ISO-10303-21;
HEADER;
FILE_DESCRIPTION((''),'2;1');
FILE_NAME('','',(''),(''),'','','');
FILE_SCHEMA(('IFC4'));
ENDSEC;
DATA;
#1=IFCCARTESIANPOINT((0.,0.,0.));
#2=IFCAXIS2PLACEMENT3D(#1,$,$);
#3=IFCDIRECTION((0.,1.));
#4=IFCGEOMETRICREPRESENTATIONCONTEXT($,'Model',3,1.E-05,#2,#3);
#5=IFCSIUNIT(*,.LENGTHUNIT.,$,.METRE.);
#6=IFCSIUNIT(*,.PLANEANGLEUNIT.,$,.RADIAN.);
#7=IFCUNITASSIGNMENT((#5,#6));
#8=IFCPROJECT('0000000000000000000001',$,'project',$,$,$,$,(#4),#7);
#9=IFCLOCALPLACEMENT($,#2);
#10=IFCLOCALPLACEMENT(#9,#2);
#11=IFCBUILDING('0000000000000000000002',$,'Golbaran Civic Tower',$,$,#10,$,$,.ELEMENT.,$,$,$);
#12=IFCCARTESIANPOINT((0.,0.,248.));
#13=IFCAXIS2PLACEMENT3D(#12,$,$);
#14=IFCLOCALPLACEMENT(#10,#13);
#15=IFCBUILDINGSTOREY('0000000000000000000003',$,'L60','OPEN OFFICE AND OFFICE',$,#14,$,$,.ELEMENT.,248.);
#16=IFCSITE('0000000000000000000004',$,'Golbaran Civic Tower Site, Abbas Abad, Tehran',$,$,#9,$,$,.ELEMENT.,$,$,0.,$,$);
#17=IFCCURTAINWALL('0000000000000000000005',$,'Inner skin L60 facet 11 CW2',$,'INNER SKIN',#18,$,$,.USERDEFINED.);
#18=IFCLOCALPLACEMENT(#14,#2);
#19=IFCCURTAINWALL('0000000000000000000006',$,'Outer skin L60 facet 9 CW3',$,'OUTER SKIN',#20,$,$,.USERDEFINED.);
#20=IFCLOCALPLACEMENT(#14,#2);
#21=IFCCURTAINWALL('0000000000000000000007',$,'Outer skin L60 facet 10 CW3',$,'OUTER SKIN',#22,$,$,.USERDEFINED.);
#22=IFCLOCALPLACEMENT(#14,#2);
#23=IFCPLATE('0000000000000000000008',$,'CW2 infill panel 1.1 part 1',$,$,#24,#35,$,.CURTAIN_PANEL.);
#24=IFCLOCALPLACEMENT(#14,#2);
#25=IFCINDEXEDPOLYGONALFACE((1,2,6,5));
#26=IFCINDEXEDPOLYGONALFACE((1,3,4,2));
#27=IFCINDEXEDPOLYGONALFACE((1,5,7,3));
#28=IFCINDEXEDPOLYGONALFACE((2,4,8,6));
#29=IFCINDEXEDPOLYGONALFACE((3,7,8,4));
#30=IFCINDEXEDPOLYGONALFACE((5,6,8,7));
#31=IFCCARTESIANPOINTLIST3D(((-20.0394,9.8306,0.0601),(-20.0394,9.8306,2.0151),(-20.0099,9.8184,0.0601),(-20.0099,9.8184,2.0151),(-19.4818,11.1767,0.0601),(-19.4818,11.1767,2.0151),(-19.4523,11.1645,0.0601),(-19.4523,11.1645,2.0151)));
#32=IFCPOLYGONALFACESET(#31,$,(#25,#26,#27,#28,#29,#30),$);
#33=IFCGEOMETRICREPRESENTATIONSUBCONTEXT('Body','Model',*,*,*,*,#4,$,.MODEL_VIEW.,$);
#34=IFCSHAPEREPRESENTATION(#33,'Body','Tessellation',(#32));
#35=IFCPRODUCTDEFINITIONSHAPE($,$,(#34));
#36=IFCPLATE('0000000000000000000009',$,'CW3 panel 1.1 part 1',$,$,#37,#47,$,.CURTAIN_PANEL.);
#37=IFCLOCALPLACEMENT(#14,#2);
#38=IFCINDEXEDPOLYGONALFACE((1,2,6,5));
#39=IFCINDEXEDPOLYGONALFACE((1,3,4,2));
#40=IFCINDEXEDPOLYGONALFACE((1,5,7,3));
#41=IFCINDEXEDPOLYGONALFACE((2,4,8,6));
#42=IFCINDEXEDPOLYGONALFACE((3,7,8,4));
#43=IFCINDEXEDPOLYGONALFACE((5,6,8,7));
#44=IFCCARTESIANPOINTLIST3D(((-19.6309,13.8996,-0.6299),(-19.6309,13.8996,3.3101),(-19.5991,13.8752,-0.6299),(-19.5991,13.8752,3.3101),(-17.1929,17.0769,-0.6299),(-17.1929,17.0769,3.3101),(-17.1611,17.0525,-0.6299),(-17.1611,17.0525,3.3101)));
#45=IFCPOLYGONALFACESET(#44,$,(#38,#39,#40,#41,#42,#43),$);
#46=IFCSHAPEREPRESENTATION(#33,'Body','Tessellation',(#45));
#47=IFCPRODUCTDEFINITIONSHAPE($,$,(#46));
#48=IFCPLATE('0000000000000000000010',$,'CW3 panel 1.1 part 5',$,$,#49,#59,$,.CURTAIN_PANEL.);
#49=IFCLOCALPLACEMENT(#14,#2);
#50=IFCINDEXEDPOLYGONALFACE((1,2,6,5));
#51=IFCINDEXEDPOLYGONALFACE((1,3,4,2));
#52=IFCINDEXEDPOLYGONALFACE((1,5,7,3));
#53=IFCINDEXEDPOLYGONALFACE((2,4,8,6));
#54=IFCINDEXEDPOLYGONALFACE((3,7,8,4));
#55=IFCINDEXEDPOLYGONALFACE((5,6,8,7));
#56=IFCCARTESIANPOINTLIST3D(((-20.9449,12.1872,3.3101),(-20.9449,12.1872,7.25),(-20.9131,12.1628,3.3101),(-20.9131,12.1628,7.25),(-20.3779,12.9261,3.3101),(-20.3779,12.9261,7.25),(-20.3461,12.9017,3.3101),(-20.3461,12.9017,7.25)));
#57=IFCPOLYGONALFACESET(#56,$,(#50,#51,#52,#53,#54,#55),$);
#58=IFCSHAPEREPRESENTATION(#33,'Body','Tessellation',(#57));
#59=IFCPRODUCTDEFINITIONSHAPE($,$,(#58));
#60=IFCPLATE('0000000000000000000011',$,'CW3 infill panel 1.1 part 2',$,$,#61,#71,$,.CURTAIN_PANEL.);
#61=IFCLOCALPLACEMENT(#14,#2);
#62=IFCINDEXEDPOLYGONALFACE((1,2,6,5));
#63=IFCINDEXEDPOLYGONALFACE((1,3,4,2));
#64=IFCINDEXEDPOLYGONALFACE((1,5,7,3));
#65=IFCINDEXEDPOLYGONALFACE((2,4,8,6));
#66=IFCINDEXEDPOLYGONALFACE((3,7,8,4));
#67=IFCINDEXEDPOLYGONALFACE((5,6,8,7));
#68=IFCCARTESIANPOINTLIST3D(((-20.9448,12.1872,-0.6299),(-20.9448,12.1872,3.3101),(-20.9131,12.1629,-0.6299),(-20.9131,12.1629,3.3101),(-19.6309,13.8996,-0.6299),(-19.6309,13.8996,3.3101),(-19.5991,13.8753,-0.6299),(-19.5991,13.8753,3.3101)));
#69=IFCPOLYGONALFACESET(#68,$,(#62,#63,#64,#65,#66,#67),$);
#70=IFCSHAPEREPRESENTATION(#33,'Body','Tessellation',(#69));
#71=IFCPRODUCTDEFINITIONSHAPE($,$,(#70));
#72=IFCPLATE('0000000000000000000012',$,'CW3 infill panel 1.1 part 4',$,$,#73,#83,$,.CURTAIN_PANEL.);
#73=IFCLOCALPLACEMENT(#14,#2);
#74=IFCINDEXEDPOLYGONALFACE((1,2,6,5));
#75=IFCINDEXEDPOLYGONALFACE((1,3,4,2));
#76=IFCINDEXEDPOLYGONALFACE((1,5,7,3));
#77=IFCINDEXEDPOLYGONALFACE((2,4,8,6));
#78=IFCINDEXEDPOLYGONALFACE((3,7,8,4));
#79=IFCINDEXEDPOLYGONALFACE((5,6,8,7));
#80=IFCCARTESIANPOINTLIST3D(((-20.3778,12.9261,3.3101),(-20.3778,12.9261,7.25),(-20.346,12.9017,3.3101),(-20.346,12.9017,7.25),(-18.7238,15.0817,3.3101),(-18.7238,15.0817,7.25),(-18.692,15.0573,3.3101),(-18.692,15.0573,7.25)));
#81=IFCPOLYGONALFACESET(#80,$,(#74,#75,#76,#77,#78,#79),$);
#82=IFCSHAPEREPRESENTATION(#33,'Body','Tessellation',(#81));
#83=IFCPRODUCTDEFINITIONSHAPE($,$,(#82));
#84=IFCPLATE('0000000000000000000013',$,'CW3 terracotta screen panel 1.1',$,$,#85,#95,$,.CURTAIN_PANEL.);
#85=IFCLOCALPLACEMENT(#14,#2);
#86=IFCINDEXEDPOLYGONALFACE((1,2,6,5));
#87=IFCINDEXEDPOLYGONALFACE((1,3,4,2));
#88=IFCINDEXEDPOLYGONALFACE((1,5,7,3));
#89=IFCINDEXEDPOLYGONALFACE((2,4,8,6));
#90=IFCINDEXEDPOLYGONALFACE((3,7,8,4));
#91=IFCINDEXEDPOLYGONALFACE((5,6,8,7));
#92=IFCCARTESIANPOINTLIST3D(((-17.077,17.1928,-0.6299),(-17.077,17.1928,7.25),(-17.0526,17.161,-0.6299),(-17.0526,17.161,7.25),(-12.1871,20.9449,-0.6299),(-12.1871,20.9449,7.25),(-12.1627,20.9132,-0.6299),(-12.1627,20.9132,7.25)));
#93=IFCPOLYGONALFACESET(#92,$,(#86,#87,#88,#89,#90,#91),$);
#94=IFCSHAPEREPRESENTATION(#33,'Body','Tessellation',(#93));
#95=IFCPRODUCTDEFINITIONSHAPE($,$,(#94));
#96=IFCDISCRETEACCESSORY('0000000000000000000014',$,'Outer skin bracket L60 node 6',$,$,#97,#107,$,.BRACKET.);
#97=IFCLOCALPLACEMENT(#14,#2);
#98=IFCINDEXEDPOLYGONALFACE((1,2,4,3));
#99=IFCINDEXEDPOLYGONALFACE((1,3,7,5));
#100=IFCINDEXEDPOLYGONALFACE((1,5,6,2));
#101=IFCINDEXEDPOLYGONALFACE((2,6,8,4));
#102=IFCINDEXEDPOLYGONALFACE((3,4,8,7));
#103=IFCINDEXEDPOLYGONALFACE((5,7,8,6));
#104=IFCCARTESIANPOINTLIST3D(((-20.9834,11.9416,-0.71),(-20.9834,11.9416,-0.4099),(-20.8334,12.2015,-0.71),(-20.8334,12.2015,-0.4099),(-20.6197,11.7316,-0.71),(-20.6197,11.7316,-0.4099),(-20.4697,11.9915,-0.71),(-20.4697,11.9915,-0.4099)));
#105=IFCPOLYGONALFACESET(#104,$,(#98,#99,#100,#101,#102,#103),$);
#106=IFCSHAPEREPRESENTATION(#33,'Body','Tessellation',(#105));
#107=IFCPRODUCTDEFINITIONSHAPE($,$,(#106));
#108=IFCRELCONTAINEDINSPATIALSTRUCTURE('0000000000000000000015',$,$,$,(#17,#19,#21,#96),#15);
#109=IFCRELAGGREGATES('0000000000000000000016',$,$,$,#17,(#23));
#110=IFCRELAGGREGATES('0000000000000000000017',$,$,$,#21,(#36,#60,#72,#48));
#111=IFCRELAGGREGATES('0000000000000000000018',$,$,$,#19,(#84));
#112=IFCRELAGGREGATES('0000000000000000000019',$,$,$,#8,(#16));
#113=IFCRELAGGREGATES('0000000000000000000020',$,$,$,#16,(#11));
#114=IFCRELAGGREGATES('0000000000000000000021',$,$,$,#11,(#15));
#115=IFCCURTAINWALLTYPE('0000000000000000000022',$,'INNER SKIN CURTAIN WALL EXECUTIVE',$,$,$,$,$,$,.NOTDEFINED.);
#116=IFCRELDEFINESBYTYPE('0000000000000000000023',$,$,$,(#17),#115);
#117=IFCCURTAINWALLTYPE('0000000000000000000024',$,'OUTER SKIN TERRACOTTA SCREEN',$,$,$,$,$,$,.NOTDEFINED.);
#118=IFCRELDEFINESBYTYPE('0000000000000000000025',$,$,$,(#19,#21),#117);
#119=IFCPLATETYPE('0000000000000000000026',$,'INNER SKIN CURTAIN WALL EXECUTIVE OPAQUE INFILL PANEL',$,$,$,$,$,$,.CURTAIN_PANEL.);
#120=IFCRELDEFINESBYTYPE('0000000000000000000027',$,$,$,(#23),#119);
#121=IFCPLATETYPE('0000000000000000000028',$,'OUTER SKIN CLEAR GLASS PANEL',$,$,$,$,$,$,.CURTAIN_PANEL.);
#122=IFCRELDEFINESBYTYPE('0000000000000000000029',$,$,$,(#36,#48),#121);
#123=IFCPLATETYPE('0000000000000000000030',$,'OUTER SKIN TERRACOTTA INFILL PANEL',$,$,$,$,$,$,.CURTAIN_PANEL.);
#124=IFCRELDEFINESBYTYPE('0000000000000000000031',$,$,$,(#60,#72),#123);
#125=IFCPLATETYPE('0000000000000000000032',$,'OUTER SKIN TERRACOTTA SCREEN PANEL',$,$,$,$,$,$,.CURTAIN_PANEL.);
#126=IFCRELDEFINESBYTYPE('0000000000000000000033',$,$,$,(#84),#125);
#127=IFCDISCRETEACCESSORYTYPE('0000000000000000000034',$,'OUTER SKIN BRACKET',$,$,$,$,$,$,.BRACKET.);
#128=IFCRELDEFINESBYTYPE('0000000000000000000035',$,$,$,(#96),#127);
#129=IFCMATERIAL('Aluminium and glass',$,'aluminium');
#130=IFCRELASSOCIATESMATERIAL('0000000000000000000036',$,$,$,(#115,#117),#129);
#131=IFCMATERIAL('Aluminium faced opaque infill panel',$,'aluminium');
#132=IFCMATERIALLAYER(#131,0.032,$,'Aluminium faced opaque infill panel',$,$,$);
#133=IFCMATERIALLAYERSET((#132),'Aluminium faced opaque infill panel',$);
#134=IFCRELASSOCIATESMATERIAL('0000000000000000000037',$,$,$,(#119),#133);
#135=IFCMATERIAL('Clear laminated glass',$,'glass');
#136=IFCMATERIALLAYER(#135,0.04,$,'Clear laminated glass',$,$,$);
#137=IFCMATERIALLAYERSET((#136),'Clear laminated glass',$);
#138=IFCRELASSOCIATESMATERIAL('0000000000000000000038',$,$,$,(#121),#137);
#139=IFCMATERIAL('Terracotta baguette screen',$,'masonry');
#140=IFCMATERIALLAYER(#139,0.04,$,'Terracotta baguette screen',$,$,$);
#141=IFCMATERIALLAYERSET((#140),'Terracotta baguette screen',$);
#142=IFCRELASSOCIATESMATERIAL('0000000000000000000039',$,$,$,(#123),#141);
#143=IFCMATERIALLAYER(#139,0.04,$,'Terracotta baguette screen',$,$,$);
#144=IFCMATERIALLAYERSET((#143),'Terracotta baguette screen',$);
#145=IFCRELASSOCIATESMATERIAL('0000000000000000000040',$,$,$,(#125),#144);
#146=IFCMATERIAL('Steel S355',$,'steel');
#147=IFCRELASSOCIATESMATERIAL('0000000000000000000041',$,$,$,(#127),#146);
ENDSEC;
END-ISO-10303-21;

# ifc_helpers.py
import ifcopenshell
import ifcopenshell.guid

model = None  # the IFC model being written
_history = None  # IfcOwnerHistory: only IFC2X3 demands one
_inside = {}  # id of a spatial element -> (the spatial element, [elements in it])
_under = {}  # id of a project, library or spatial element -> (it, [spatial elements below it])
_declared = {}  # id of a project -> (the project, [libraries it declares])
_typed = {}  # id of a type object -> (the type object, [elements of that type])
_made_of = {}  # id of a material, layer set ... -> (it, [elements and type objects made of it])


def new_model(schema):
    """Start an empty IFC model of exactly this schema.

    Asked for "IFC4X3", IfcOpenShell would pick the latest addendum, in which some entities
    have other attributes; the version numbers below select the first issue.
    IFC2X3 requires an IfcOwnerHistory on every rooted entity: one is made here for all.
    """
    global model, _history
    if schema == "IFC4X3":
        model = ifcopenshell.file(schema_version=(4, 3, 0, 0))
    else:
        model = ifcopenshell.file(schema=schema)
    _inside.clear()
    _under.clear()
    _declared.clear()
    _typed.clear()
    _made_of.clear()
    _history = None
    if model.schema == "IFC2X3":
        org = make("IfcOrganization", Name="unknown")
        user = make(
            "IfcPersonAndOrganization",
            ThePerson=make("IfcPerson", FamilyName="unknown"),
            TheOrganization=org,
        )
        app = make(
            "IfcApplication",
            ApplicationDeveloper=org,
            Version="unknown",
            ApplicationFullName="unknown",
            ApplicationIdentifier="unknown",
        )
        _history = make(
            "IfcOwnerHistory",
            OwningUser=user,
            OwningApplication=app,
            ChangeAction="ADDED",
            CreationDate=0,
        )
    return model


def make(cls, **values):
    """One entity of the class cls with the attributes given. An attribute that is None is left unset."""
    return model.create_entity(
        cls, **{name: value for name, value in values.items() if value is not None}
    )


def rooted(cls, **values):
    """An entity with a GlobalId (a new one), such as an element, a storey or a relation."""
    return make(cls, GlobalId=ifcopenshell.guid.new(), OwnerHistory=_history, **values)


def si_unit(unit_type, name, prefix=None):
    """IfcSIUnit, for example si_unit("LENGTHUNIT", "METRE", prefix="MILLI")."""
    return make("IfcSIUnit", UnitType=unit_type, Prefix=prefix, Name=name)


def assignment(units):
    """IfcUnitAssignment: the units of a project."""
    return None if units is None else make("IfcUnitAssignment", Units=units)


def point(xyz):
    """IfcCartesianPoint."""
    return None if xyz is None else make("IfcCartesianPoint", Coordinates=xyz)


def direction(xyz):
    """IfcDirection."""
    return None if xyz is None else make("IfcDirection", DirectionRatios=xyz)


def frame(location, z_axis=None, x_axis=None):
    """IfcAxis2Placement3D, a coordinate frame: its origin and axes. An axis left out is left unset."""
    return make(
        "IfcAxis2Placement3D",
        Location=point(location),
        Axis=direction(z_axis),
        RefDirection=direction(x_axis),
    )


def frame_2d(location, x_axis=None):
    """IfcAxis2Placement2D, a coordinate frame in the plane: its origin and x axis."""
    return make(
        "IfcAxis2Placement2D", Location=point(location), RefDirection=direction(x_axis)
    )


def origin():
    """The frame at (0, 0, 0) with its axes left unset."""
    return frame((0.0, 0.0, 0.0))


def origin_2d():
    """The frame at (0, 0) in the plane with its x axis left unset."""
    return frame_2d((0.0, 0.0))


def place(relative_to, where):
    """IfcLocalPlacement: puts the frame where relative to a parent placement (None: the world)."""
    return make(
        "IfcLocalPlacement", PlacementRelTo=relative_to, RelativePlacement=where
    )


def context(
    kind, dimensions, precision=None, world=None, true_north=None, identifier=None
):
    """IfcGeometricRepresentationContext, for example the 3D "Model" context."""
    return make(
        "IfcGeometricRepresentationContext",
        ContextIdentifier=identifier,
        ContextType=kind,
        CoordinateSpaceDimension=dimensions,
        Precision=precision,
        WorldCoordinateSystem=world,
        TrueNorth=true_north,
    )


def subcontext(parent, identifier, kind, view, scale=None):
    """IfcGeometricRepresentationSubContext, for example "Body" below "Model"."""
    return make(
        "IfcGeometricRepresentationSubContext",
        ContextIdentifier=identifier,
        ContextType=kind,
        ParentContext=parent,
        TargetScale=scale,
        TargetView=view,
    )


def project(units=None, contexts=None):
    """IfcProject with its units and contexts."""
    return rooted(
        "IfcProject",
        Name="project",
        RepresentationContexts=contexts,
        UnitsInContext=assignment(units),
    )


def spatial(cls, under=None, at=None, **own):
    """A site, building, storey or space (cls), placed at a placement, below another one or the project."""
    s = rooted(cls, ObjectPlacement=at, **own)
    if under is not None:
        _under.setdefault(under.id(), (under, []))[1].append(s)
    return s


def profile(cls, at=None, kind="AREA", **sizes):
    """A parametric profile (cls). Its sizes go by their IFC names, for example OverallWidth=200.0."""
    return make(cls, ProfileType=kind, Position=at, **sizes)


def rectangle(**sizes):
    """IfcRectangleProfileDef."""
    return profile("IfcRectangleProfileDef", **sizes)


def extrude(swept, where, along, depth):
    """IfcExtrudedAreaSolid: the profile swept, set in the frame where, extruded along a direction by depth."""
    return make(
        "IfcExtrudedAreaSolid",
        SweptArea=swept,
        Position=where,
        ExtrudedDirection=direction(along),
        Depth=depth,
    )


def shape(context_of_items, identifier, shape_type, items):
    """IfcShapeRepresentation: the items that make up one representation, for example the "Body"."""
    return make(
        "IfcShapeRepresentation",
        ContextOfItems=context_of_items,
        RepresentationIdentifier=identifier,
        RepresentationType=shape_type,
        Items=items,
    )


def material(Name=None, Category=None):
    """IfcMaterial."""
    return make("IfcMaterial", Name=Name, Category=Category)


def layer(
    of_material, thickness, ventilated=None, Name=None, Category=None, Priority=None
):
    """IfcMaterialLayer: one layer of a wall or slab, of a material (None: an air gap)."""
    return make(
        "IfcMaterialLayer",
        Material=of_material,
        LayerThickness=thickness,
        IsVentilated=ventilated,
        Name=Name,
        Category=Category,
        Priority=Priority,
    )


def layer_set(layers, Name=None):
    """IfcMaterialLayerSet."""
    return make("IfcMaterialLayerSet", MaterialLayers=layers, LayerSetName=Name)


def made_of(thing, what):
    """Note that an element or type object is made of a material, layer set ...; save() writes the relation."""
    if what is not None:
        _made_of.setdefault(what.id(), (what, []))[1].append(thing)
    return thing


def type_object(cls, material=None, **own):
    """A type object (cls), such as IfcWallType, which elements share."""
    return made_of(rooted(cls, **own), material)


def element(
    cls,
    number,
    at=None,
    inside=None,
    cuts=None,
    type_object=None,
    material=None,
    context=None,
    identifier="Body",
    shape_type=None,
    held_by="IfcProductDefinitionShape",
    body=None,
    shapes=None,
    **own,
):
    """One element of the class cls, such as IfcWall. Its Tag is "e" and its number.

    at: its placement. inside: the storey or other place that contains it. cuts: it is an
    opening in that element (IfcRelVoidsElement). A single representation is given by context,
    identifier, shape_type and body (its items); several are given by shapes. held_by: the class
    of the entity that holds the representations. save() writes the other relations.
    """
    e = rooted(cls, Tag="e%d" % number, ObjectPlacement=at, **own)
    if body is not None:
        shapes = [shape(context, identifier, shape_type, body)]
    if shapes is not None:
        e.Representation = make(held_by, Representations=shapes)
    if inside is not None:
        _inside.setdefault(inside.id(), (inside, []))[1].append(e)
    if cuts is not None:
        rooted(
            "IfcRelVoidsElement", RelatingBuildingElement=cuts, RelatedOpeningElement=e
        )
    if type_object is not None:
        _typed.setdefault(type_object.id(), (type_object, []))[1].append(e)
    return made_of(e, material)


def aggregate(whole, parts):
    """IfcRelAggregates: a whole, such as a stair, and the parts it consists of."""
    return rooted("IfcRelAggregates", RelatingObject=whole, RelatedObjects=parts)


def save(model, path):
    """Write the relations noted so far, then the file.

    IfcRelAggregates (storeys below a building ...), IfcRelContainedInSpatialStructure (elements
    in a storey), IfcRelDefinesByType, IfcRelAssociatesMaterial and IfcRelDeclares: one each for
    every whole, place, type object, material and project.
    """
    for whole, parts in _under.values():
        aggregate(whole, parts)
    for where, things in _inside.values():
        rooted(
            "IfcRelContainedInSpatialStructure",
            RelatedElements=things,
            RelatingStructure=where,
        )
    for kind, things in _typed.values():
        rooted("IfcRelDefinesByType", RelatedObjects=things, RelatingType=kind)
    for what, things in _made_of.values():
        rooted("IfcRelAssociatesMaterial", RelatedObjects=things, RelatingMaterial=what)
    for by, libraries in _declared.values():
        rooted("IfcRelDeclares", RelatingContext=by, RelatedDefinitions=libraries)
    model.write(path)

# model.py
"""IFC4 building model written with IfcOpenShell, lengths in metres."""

from ifc_helpers import new_model, si_unit, direction, frame, origin, origin_2d, place, context, subcontext, project, spatial, rectangle, extrude, material, layer, layer_set, type_object, element, aggregate, save


model = new_model("IFC4")

# Units and contexts
model_context = context("Model", 3, precision=1e-05, world=origin(), true_north=direction((0.0, 1.0)))
body_context = subcontext(model_context, "Body", "Model", "MODEL_VIEW")
ifc_project = project(units=[si_unit("LENGTHUNIT", "METRE"), si_unit("PLANEANGLEUNIT", "RADIAN")], contexts=[model_context])

# Site, building, storey
site_placement = place(None, origin())
site = spatial("IfcSite", under=ifc_project, at=site_placement, Name="Golbaran Civic Tower Site, Abbas Abad, Tehran", CompositionType="ELEMENT", RefElevation=0.0)
building_placement = place(site_placement, origin())
building = spatial("IfcBuilding", under=site, at=building_placement, Name="Golbaran Civic Tower", CompositionType="ELEMENT")
storey_placement = place(building_placement, frame((0.0, 0.0, 248.0)))
storey = spatial("IfcBuildingStorey", under=building, at=storey_placement, Name="L60", Description="OPEN OFFICE AND OFFICE", CompositionType="ELEMENT", Elevation=248.0)

# Shared definitions
ifc_material_1 = material(Name="Steel S355", Category="steel")

# Shared definitions
ifc_material_2 = material(Name="Aluminium and glass", Category="aluminium")
curtain_wall_type_1 = type_object("IfcCurtainWallType", Name="INNER SKIN CURTAIN WALL EXECUTIVE", PredefinedType="NOTDEFINED", material=ifc_material_2)

# Curtain wall
curtain_wall_1_placement = place(storey_placement, origin())
curtain_wall_1 = element("IfcCurtainWall", 1, at=curtain_wall_1_placement, inside=storey, type_object=curtain_wall_type_1, Name="Inner skin L60 facet 11 CW2", ObjectType="INNER SKIN", PredefinedType="USERDEFINED")

# Curtain wall
curtain_wall_type_2 = type_object("IfcCurtainWallType", Name="OUTER SKIN TERRACOTTA SCREEN", PredefinedType="NOTDEFINED", material=ifc_material_2)
curtain_wall_2_placement = place(storey_placement, origin())
curtain_wall_2 = element("IfcCurtainWall", 2, at=curtain_wall_2_placement, inside=storey, type_object=curtain_wall_type_2, Name="Outer skin L60 facet 9 CW3", ObjectType="OUTER SKIN", PredefinedType="USERDEFINED")

# Curtain wall
curtain_wall_3_placement = place(storey_placement, origin())
curtain_wall_3 = element("IfcCurtainWall", 3, at=curtain_wall_3_placement, inside=storey, type_object=curtain_wall_type_2, Name="Outer skin L60 facet 10 CW3", ObjectType="OUTER SKIN", PredefinedType="USERDEFINED")

# Plates
ifc_material_3 = material(Name="Aluminium faced opaque infill panel", Category="aluminium")
ifc_layer_1 = layer(ifc_material_3, 0.032, Name="Aluminium faced opaque infill panel")
ifc_layer_set_1 = layer_set([ifc_layer_1], Name="Aluminium faced opaque infill panel")
plate_type_1 = type_object("IfcPlateType", Name="INNER SKIN CURTAIN WALL EXECUTIVE OPAQUE INFILL PANEL", PredefinedType="CURTAIN_PANEL", material=ifc_layer_set_1)
plate_1_placement = place(storey_placement, frame((-19.7458, 10.4976, 0.0601), z_axis=(0.0, 0.0, 1.0), x_axis=(-0.382683, -0.92388, 0.0)))
plate_1 = element("IfcPlate", 4, at=plate_1_placement, type_object=plate_type_1, Name="CW2 infill panel 1.1 part 1", PredefinedType="CURTAIN_PANEL", context=body_context, shape_type="SweptSolid", body=[
    extrude(rectangle(XDim=1.457, YDim=0.032, at=origin_2d()), origin(), (0.0, 0.0, 1.0), 1.9551),
])
aggregate(curtain_wall_1, [plate_1])
ifc_material_4 = material(Name="Clear laminated glass", Category="glass")
ifc_layer_2 = layer(ifc_material_4, 0.04, Name="Clear laminated glass")
ifc_layer_set_2 = layer_set([ifc_layer_2], Name="Clear laminated glass")
plate_type_2 = type_object("IfcPlateType", Name="OUTER SKIN CLEAR GLASS PANEL", PredefinedType="CURTAIN_PANEL", material=ifc_layer_set_2)
plate_2_placement = place(storey_placement, frame((-18.396, 15.4761, -0.6299), z_axis=(0.0, 0.0, 1.0), x_axis=(-0.608761, -0.793353, 0.0)))
plate_2 = element("IfcPlate", 5, at=plate_2_placement, type_object=plate_type_2, Name="CW3 panel 1.1 part 1", PredefinedType="CURTAIN_PANEL", context=body_context, shape_type="SweptSolid", body=[
    extrude(rectangle(XDim=4.0049, YDim=0.04, at=origin_2d()), origin(), (0.0, 0.0, 1.0), 3.9399),
])
plate_3_placement = place(storey_placement, frame((-20.6455, 12.5444, 3.3101), z_axis=(0.0, 0.0, 1.0), x_axis=(-0.608761, -0.793353, 0.0)))
plate_3 = element("IfcPlate", 6, at=plate_3_placement, type_object=plate_type_2, Name="CW3 panel 1.1 part 5", PredefinedType="CURTAIN_PANEL", context=body_context, shape_type="SweptSolid", body=[
    extrude(rectangle(XDim=0.9314, YDim=0.04, at=origin_2d()), origin(), (0.0, 0.0, 1.0), 3.9399),
])
ifc_material_5 = material(Name="Terracotta baguette screen", Category="masonry")
ifc_layer_3 = layer(ifc_material_5, 0.04, Name="Terracotta baguette screen")
ifc_layer_set_3 = layer_set([ifc_layer_3], Name="Terracotta baguette screen")
plate_type_3 = type_object("IfcPlateType", Name="OUTER SKIN TERRACOTTA INFILL PANEL", PredefinedType="CURTAIN_PANEL", material=ifc_layer_set_3)
plate_4_placement = place(storey_placement, frame((-20.272, 13.0312, -0.6299), z_axis=(0.0, 0.0, 1.0), x_axis=(-0.608761, -0.793353, 0.0)))
plate_4 = element("IfcPlate", 7, at=plate_4_placement, type_object=plate_type_3, Name="CW3 infill panel 1.1 part 2", PredefinedType="CURTAIN_PANEL", context=body_context, shape_type="SweptSolid", body=[
    extrude(rectangle(XDim=2.1584, YDim=0.04, at=origin_2d()), origin(), (0.0, 0.0, 1.0), 3.9399),
])
plate_5_placement = place(storey_placement, frame((-19.5349, 13.9917, 3.3101), z_axis=(0.0, 0.0, 1.0), x_axis=(-0.608761, -0.793353, 0.0)))
plate_5 = element("IfcPlate", 8, at=plate_5_placement, type_object=plate_type_3, Name="CW3 infill panel 1.1 part 4", PredefinedType="CURTAIN_PANEL", context=body_context, shape_type="SweptSolid", body=[
    extrude(rectangle(XDim=2.717, YDim=0.04, at=origin_2d()), origin(), (0.0, 0.0, 1.0), 3.9399),
])
aggregate(curtain_wall_3, [plate_2, plate_4, plate_5, plate_3])
ifc_layer_4 = layer(ifc_material_5, 0.04, Name="Terracotta baguette screen")
ifc_layer_set_4 = layer_set([ifc_layer_4], Name="Terracotta baguette screen")
plate_type_4 = type_object("IfcPlateType", Name="OUTER SKIN TERRACOTTA SCREEN PANEL", PredefinedType="CURTAIN_PANEL", material=ifc_layer_set_4)
plate_6_placement = place(storey_placement, frame((-14.6199, 19.053, -0.6299), z_axis=(0.0, 0.0, 1.0), x_axis=(-0.793353, -0.608761, 0.0)))
plate_6 = element("IfcPlate", 9, at=plate_6_placement, type_object=plate_type_4, Name="CW3 terracotta screen panel 1.1", PredefinedType="CURTAIN_PANEL", context=body_context, shape_type="SweptSolid", body=[
    extrude(rectangle(XDim=6.1636, YDim=0.04, at=origin_2d()), origin(), (0.0, 0.0, 1.0), 7.8799),
])
aggregate(curtain_wall_2, [plate_6])

# Discrete accessory
discrete_accessory_type = type_object("IfcDiscreteAccessoryType", Name="OUTER SKIN BRACKET", PredefinedType="BRACKET", material=ifc_material_1)
discrete_accessory_placement = place(storey_placement, frame((-20.7266, 11.9666, -0.71), z_axis=(0.0, 0.0, 1.0), x_axis=(-0.866025, 0.5, 0.0)))
element("IfcDiscreteAccessory", 10, at=discrete_accessory_placement, inside=storey, type_object=discrete_accessory_type, Name="Outer skin bracket L60 node 6", PredefinedType="BRACKET", context=body_context, shape_type="SweptSolid", body=[
    extrude(rectangle(XDim=0.4199, YDim=0.3, at=origin_2d()), origin(), (0.0, 0.0, 1.0), 0.3),
])

save(model, "model.ifc")
